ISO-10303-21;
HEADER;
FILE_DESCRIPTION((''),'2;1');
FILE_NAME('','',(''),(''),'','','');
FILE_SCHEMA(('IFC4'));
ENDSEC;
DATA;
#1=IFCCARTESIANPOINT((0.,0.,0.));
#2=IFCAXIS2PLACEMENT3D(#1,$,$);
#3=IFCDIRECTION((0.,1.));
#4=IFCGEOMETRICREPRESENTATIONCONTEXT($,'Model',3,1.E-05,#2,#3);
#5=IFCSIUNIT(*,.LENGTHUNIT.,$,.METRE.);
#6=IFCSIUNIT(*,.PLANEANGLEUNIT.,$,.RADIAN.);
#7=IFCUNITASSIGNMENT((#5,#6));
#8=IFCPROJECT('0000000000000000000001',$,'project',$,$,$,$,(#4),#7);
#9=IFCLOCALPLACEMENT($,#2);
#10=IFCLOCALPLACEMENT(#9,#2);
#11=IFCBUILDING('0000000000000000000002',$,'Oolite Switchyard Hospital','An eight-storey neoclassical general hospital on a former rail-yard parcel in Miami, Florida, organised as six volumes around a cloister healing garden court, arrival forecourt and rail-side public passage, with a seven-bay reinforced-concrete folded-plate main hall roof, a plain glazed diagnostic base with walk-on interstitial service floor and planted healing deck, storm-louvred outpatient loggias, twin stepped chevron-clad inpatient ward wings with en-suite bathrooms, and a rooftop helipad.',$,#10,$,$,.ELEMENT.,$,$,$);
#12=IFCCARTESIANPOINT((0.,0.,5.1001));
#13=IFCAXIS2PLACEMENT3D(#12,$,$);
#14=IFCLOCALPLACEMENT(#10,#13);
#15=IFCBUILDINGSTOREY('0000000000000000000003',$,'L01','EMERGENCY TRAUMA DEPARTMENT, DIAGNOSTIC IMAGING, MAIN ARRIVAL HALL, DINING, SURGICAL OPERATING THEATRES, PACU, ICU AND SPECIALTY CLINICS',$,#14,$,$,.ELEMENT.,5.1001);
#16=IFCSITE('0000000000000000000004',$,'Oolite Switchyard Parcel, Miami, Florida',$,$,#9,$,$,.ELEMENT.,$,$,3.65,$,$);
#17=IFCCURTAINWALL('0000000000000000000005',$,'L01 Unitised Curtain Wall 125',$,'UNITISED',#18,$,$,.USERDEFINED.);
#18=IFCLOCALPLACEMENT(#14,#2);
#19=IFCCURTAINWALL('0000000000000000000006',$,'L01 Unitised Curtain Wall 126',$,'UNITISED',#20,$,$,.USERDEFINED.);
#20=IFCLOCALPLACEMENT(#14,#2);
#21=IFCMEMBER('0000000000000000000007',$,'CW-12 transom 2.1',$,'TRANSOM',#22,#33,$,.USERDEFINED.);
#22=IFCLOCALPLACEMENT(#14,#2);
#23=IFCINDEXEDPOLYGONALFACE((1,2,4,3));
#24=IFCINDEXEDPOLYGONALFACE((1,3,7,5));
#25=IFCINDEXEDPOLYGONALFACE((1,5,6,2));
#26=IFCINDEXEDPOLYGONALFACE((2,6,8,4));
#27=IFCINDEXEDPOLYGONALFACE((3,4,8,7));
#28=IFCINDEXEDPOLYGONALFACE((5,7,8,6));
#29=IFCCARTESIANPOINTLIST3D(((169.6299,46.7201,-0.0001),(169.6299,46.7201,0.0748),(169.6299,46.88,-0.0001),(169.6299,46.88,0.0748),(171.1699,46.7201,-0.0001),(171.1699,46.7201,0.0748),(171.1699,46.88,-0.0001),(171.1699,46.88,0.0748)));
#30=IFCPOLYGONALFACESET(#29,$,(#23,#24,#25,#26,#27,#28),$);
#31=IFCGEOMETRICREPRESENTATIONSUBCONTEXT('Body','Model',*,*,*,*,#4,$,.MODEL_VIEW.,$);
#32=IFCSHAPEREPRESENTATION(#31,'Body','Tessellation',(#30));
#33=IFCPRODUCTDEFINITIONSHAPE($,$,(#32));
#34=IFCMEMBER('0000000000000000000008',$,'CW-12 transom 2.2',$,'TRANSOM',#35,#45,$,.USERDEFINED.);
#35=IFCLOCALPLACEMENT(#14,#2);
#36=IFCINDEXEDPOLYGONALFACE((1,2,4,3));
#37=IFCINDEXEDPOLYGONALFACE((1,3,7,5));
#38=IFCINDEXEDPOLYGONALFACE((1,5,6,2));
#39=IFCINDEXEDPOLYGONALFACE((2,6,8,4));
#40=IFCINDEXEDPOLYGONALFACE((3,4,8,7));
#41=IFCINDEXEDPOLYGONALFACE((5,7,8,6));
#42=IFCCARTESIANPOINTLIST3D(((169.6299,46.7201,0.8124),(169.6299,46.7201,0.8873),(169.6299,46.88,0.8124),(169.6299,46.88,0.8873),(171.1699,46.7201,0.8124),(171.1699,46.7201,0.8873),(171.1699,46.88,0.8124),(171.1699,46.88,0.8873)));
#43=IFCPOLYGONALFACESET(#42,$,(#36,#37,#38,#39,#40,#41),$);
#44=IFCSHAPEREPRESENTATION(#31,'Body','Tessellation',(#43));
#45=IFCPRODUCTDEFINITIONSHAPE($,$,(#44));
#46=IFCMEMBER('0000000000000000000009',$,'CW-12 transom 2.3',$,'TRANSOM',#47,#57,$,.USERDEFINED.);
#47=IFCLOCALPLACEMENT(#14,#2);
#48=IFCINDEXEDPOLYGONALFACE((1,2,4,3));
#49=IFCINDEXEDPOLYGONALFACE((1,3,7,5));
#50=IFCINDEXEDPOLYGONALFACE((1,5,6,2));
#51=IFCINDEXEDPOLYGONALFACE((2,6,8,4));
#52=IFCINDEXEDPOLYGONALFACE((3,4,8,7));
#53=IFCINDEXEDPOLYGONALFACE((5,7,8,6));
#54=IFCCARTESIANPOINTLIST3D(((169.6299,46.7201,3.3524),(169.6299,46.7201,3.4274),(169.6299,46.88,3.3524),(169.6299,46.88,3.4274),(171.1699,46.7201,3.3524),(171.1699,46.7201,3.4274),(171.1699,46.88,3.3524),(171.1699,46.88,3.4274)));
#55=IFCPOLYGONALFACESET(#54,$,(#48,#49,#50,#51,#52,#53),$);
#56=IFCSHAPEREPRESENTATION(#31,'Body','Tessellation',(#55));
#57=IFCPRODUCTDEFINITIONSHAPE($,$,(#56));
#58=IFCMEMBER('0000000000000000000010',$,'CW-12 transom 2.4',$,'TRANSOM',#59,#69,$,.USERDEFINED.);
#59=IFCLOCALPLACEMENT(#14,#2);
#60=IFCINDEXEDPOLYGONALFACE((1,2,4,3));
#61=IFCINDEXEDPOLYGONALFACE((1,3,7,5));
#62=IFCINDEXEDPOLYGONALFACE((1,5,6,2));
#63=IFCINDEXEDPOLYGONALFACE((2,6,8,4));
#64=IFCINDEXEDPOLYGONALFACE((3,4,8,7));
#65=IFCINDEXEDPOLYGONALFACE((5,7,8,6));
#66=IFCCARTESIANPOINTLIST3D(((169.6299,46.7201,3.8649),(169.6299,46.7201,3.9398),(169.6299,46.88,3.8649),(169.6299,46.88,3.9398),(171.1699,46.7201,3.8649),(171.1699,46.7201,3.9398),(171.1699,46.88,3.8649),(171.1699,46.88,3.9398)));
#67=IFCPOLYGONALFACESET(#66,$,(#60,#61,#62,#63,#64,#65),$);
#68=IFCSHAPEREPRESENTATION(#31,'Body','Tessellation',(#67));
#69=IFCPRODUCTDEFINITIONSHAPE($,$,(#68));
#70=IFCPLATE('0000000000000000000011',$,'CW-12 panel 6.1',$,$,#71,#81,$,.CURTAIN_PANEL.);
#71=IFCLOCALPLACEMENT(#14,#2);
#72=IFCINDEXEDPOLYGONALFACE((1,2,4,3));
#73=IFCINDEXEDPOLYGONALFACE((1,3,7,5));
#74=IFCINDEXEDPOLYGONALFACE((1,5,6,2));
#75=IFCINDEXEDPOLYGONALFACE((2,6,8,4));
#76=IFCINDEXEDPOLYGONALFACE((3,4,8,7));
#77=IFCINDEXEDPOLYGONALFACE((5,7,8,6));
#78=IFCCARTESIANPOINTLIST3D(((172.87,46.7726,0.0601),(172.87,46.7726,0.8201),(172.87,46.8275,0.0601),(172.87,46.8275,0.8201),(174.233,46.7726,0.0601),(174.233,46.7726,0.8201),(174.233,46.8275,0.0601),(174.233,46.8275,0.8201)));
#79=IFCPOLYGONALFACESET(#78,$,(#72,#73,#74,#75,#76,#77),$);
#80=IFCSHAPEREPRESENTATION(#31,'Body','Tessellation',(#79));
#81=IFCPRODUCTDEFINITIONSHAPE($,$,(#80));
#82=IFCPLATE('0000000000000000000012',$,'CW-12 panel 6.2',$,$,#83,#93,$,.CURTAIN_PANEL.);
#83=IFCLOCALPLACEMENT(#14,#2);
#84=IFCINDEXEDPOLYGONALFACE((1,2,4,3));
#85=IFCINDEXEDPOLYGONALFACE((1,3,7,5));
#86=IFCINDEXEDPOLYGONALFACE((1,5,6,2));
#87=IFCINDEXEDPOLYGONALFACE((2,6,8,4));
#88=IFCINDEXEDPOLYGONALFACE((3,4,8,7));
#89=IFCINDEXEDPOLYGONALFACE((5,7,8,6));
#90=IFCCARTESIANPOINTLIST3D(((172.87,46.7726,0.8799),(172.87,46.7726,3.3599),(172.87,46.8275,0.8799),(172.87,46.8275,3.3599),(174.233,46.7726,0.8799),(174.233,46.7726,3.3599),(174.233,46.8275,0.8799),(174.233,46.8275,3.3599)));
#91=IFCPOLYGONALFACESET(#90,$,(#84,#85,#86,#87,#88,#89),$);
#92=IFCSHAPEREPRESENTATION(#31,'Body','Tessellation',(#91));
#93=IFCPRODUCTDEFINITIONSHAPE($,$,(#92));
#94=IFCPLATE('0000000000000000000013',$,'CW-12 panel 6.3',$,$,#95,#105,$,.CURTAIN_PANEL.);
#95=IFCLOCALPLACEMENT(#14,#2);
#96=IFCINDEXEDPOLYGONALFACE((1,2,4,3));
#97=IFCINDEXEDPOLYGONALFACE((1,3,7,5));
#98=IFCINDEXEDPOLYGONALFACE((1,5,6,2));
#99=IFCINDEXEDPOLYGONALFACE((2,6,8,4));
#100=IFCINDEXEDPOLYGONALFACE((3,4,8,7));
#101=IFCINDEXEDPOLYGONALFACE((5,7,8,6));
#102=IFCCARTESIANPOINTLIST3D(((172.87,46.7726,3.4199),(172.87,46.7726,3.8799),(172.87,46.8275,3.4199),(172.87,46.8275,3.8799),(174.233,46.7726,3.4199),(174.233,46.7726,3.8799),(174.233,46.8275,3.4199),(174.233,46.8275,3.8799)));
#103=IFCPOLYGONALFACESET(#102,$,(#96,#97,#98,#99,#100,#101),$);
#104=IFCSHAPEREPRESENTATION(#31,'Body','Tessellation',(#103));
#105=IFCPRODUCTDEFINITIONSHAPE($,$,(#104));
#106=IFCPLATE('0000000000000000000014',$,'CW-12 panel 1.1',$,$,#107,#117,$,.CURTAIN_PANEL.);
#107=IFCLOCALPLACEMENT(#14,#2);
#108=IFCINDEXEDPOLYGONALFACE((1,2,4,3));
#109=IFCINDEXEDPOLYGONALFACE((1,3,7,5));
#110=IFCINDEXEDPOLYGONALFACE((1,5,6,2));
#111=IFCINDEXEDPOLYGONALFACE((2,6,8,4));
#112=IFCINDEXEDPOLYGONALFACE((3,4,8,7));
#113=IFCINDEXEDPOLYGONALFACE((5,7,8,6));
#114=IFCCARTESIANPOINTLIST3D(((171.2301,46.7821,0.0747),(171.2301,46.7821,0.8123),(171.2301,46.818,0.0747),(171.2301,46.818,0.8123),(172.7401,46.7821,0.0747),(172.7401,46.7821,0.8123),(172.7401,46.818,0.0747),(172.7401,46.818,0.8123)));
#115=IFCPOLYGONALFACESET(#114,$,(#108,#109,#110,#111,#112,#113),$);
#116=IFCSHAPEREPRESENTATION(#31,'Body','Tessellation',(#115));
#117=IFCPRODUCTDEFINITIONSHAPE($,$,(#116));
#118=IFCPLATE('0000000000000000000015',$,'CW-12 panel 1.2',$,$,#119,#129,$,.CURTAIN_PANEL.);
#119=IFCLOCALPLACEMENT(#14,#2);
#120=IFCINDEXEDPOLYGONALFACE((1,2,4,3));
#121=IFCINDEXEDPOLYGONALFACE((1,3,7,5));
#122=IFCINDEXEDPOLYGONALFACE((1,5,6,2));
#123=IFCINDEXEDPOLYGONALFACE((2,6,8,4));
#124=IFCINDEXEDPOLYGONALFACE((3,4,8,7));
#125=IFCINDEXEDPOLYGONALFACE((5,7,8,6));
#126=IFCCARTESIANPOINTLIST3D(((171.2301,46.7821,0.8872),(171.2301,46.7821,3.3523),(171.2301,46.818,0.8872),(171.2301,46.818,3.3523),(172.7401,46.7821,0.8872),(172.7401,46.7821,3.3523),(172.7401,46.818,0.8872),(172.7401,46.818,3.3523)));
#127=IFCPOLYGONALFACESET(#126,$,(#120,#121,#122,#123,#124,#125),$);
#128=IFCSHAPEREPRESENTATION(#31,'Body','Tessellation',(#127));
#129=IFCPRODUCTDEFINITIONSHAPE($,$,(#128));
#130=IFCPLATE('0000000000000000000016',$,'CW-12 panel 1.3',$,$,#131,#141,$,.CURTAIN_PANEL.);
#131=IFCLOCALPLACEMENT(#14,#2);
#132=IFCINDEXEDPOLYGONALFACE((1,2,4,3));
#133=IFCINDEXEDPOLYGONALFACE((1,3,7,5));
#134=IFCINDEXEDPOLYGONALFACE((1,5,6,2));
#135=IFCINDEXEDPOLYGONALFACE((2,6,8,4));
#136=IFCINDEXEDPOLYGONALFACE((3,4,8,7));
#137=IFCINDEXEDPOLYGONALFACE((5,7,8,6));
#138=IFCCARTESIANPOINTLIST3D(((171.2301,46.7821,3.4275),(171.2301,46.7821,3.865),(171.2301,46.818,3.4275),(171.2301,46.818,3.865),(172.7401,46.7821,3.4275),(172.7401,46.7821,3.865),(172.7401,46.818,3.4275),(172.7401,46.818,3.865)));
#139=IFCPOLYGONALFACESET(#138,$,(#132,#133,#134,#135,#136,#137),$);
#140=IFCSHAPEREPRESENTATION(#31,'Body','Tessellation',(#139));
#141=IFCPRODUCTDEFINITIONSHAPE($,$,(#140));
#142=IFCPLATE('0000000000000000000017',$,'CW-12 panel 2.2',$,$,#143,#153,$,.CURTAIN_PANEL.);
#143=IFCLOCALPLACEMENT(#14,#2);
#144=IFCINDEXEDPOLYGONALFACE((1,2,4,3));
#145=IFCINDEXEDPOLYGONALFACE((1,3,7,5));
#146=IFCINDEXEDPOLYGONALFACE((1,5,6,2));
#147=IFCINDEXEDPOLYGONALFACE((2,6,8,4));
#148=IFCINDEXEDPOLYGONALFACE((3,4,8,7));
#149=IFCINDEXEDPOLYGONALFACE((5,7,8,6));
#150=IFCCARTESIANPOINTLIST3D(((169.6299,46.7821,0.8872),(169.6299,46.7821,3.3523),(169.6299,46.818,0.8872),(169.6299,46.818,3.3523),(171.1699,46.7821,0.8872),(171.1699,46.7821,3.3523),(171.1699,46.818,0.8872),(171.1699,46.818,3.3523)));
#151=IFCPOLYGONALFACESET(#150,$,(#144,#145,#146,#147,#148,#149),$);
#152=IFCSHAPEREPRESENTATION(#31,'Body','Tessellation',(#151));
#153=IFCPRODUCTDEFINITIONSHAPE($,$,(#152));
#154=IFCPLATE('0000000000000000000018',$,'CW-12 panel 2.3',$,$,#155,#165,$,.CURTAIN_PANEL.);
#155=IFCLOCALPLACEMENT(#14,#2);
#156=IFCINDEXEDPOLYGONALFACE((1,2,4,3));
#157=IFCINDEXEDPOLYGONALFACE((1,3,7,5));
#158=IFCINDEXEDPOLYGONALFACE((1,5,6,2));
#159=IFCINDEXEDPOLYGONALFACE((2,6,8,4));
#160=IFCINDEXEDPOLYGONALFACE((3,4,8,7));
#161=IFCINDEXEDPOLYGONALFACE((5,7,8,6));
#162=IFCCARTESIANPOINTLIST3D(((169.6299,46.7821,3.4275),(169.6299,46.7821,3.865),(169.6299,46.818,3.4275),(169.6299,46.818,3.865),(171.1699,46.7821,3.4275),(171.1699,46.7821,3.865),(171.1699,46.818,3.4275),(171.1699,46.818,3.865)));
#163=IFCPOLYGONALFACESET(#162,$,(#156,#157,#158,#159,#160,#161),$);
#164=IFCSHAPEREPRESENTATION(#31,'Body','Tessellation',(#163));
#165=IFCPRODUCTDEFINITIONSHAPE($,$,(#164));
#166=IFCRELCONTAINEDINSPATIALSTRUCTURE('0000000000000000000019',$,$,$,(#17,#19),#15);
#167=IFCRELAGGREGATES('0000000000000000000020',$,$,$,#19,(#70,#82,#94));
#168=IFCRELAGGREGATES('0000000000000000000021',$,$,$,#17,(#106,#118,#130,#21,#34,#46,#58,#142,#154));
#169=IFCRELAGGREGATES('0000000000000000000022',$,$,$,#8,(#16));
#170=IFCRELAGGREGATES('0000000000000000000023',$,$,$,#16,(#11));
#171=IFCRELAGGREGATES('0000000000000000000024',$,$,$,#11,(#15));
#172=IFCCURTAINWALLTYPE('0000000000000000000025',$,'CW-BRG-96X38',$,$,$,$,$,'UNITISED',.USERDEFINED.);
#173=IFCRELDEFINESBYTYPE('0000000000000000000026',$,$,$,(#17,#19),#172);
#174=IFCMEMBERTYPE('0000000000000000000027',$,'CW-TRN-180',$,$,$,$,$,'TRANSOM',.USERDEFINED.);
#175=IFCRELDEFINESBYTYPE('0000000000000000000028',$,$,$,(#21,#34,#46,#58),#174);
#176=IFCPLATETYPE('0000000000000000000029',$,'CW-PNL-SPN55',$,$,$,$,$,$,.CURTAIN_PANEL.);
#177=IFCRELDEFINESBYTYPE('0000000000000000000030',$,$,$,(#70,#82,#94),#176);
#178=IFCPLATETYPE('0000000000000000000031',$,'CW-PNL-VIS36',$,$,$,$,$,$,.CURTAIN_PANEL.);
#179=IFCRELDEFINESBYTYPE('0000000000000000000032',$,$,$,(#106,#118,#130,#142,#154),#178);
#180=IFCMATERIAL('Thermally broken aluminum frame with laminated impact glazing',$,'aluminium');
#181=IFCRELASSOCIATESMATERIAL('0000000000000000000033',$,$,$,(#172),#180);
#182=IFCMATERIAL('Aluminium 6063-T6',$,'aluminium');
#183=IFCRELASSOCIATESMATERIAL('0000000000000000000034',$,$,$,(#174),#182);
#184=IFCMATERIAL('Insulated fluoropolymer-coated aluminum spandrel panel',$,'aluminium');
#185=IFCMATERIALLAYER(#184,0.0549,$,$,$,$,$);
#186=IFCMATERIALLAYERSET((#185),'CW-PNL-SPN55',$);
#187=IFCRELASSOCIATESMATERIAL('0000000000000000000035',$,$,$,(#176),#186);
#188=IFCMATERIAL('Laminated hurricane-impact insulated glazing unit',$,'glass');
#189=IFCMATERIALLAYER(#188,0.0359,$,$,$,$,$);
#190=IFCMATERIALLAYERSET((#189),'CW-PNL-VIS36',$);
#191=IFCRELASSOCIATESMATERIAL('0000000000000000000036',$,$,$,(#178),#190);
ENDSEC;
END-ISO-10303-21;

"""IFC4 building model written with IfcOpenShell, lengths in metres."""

from ifc_helpers import new_model, si_unit, direction, frame, origin, origin_2d, place, context, subcontext, project, spatial, rectangle, extrude, material, layer, layer_set, material_profile, profile_set, type_object, element, aggregate, save


model = new_model("IFC4")

# Units and contexts
model_context = context("Model", 3, precision=1e-05, world=origin(), true_north=direction((0.0, 1.0)))
body_context = subcontext(model_context, "Body", "Model", "MODEL_VIEW")
ifc_project = project(units=[si_unit("LENGTHUNIT", "METRE"), si_unit("PLANEANGLEUNIT", "RADIAN")], contexts=[model_context])

# Site, building, storey
site_placement = place(None, origin())
site = spatial("IfcSite", under=ifc_project, at=site_placement, Name="Oolite Switchyard Parcel, Miami, Florida", CompositionType="ELEMENT", RefElevation=3.65)
building_placement = place(site_placement, origin())
building = spatial("IfcBuilding", under=site, at=building_placement, Name="Oolite Switchyard Hospital", Description="An eight-storey neoclassical general hospital on a former rail-yard parcel in Miami, Florida, organised as six volumes around a cloister healing garden court, arrival forecourt and rail-side public passage, with a seven-bay reinforced-concrete folded-plate main hall roof, a plain glazed diagnostic base with walk-on interstitial service floor and planted healing deck, storm-louvred outpatient loggias, twin stepped chevron-clad inpatient ward wings with en-suite bathrooms, and a rooftop helipad.", CompositionType="ELEMENT")
storey_placement = place(building_placement, frame((0.0, 0.0, 5.1001)))
storey = spatial("IfcBuildingStorey", under=building, at=storey_placement, Name="L01", Description="EMERGENCY TRAUMA DEPARTMENT, DIAGNOSTIC IMAGING, MAIN ARRIVAL HALL, DINING, SURGICAL OPERATING THEATRES, PACU, ICU AND SPECIALTY CLINICS", CompositionType="ELEMENT", Elevation=5.1001)

# Curtain walls
ifc_material_1 = material(Name="Thermally broken aluminum frame with laminated impact glazing", Category="aluminium")
curtain_wall_type = type_object("IfcCurtainWallType", Name="CW-BRG-96X38", ElementType="UNITISED", PredefinedType="USERDEFINED", material=ifc_material_1)
curtain_wall_1_placement = place(storey_placement, origin())
curtain_wall_1 = element("IfcCurtainWall", 1, at=curtain_wall_1_placement, inside=storey, type_object=curtain_wall_type, Name="L01 Unitised Curtain Wall 125", ObjectType="UNITISED", PredefinedType="USERDEFINED")
ifc_material_2 = material(Name="Aluminium 6063-T6", Category="aluminium")
curtain_wall_2_placement = place(storey_placement, origin())
curtain_wall_2 = element("IfcCurtainWall", 2, at=curtain_wall_2_placement, inside=storey, type_object=curtain_wall_type, Name="L01 Unitised Curtain Wall 126", ObjectType="UNITISED", PredefinedType="USERDEFINED")

# Members
ifc_material_profile_1 = material_profile(ifc_material_2, rectangle(XDim=0.1599, YDim=0.075, at=origin_2d()), Name="CWT75X160")
ifc_profile_set_1 = profile_set([ifc_material_profile_1], Name="Aluminium 6063-T6")
member_type_1 = type_object("IfcMemberType", Name="CW-TRN-180", ElementType="TRANSOM", PredefinedType="USERDEFINED", material=ifc_profile_set_1)
member_1_placement = place(storey_placement, frame((171.1699, 46.8, 0.0374), z_axis=(-1.0, 0.0, 0.0), x_axis=(0.0, -1.0, 0.0)))
member_1 = element("IfcMember", 3, at=member_1_placement, type_object=member_type_1, Name="CW-12 transom 2.1", ObjectType="TRANSOM", PredefinedType="USERDEFINED", context=body_context, shape_type="SweptSolid", body=[
    extrude(rectangle(XDim=0.1599, YDim=0.075, at=origin_2d()), origin(), (0.0, 0.0, 1.0), 1.54),
])
member_2_placement = place(storey_placement, frame((171.1699, 46.8, 0.8499), z_axis=(-1.0, 0.0, 0.0), x_axis=(0.0, -1.0, 0.0)))
member_2 = element("IfcMember", 4, at=member_2_placement, type_object=member_type_1, Name="CW-12 transom 2.2", ObjectType="TRANSOM", PredefinedType="USERDEFINED", context=body_context, shape_type="SweptSolid", body=[
    extrude(rectangle(XDim=0.1599, YDim=0.075, at=origin_2d()), origin(), (0.0, 0.0, 1.0), 1.54),
])
member_3_placement = place(storey_placement, frame((171.1699, 46.8, 3.3899), z_axis=(-1.0, 0.0, 0.0), x_axis=(0.0, -1.0, 0.0)))
member_3 = element("IfcMember", 5, at=member_3_placement, type_object=member_type_1, Name="CW-12 transom 2.3", ObjectType="TRANSOM", PredefinedType="USERDEFINED", context=body_context, shape_type="SweptSolid", body=[
    extrude(rectangle(XDim=0.1599, YDim=0.075, at=origin_2d()), origin(), (0.0, 0.0, 1.0), 1.54),
])
member_4_placement = place(storey_placement, frame((171.1699, 46.8, 3.9023), z_axis=(-1.0, 0.0, 0.0), x_axis=(0.0, -1.0, 0.0)))
member_4 = element("IfcMember", 6, at=member_4_placement, type_object=member_type_1, Name="CW-12 transom 2.4", ObjectType="TRANSOM", PredefinedType="USERDEFINED", context=body_context, shape_type="SweptSolid", body=[
    extrude(rectangle(XDim=0.1599, YDim=0.075, at=origin_2d()), origin(), (0.0, 0.0, 1.0), 1.54),
])

# Plates
ifc_material_3 = material(Name="Insulated fluoropolymer-coated aluminum spandrel panel", Category="aluminium")
ifc_layer_1 = layer(ifc_material_3, 0.0549)
ifc_layer_set_1 = layer_set([ifc_layer_1], Name="CW-PNL-SPN55")
plate_type_1 = type_object("IfcPlateType", Name="CW-PNL-SPN55", PredefinedType="CURTAIN_PANEL", material=ifc_layer_set_1)
plate_1_placement = place(storey_placement, frame((173.5515, 46.8, 0.0601), z_axis=(0.0, 0.0, 1.0), x_axis=(-1.0, 0.0, 0.0)))
plate_1 = element("IfcPlate", 7, at=plate_1_placement, type_object=plate_type_1, Name="CW-12 panel 6.1", PredefinedType="CURTAIN_PANEL", context=body_context, shape_type="SweptSolid", body=[
    extrude(rectangle(XDim=1.363, YDim=0.0549, at=origin_2d()), origin(), (0.0, 0.0, 1.0), 0.76),
])
plate_2_placement = place(storey_placement, frame((173.5515, 46.8, 0.8799), z_axis=(0.0, 0.0, 1.0), x_axis=(-1.0, 0.0, 0.0)))
plate_2 = element("IfcPlate", 8, at=plate_2_placement, type_object=plate_type_1, Name="CW-12 panel 6.2", PredefinedType="CURTAIN_PANEL", context=body_context, shape_type="SweptSolid", body=[
    extrude(rectangle(XDim=1.363, YDim=0.0549, at=origin_2d()), origin(), (0.0, 0.0, 1.0), 2.48),
])
plate_3_placement = place(storey_placement, frame((173.5515, 46.8, 3.4199), z_axis=(0.0, 0.0, 1.0), x_axis=(-1.0, 0.0, 0.0)))
plate_3 = element("IfcPlate", 9, at=plate_3_placement, type_object=plate_type_1, Name="CW-12 panel 6.3", PredefinedType="CURTAIN_PANEL", context=body_context, shape_type="SweptSolid", body=[
    extrude(rectangle(XDim=1.363, YDim=0.0549, at=origin_2d()), origin(), (0.0, 0.0, 1.0), 0.46),
])
aggregate(curtain_wall_2, [plate_1, plate_2, plate_3])
ifc_material_4 = material(Name="Laminated hurricane-impact insulated glazing unit", Category="glass")
ifc_layer_2 = layer(ifc_material_4, 0.0359)
ifc_layer_set_2 = layer_set([ifc_layer_2], Name="CW-PNL-VIS36")
plate_type_2 = type_object("IfcPlateType", Name="CW-PNL-VIS36", PredefinedType="CURTAIN_PANEL", material=ifc_layer_set_2)
plate_4_placement = place(storey_placement, frame((171.9851, 46.8, 0.0747), z_axis=(0.0, 0.0, 1.0), x_axis=(-1.0, 0.0, 0.0)))
plate_4 = element("IfcPlate", 10, at=plate_4_placement, type_object=plate_type_2, Name="CW-12 panel 1.1", PredefinedType="CURTAIN_PANEL", context=body_context, shape_type="SweptSolid", body=[
    extrude(rectangle(XDim=1.51, YDim=0.0359, at=origin_2d()), origin(), (0.0, 0.0, 1.0), 0.7375),
])
plate_5_placement = place(storey_placement, frame((171.9851, 46.8, 0.8872), z_axis=(0.0, 0.0, 1.0), x_axis=(-1.0, 0.0, 0.0)))
plate_5 = element("IfcPlate", 11, at=plate_5_placement, type_object=plate_type_2, Name="CW-12 panel 1.2", PredefinedType="CURTAIN_PANEL", context=body_context, shape_type="SweptSolid", body=[
    extrude(rectangle(XDim=1.51, YDim=0.0359, at=origin_2d()), origin(), (0.0, 0.0, 1.0), 2.4651),
])
plate_6_placement = place(storey_placement, frame((171.9851, 46.8, 3.4275), z_axis=(0.0, 0.0, 1.0), x_axis=(-1.0, 0.0, 0.0)))
plate_6 = element("IfcPlate", 12, at=plate_6_placement, type_object=plate_type_2, Name="CW-12 panel 1.3", PredefinedType="CURTAIN_PANEL", context=body_context, shape_type="SweptSolid", body=[
    extrude(rectangle(XDim=1.51, YDim=0.0359, at=origin_2d()), origin(), (0.0, 0.0, 1.0), 0.4375),
])
plate_7_placement = place(storey_placement, frame((170.3999, 46.8, 0.8872), z_axis=(0.0, 0.0, 1.0), x_axis=(-1.0, 0.0, 0.0)))
plate_7 = element("IfcPlate", 13, at=plate_7_placement, type_object=plate_type_2, Name="CW-12 panel 2.2", PredefinedType="CURTAIN_PANEL", context=body_context, shape_type="SweptSolid", body=[
    extrude(rectangle(XDim=1.54, YDim=0.0359, at=origin_2d()), origin(), (0.0, 0.0, 1.0), 2.4651),
])
plate_8_placement = place(storey_placement, frame((170.3999, 46.8, 3.4275), z_axis=(0.0, 0.0, 1.0), x_axis=(-1.0, 0.0, 0.0)))
plate_8 = element("IfcPlate", 14, at=plate_8_placement, type_object=plate_type_2, Name="CW-12 panel 2.3", PredefinedType="CURTAIN_PANEL", context=body_context, shape_type="SweptSolid", body=[
    extrude(rectangle(XDim=1.54, YDim=0.0359, at=origin_2d()), origin(), (0.0, 0.0, 1.0), 0.4375),
])
aggregate(curtain_wall_1, [plate_4, plate_5, plate_6, member_1, member_2, member_3, member_4, plate_7, plate_8])

save(model, "model.ifc")
